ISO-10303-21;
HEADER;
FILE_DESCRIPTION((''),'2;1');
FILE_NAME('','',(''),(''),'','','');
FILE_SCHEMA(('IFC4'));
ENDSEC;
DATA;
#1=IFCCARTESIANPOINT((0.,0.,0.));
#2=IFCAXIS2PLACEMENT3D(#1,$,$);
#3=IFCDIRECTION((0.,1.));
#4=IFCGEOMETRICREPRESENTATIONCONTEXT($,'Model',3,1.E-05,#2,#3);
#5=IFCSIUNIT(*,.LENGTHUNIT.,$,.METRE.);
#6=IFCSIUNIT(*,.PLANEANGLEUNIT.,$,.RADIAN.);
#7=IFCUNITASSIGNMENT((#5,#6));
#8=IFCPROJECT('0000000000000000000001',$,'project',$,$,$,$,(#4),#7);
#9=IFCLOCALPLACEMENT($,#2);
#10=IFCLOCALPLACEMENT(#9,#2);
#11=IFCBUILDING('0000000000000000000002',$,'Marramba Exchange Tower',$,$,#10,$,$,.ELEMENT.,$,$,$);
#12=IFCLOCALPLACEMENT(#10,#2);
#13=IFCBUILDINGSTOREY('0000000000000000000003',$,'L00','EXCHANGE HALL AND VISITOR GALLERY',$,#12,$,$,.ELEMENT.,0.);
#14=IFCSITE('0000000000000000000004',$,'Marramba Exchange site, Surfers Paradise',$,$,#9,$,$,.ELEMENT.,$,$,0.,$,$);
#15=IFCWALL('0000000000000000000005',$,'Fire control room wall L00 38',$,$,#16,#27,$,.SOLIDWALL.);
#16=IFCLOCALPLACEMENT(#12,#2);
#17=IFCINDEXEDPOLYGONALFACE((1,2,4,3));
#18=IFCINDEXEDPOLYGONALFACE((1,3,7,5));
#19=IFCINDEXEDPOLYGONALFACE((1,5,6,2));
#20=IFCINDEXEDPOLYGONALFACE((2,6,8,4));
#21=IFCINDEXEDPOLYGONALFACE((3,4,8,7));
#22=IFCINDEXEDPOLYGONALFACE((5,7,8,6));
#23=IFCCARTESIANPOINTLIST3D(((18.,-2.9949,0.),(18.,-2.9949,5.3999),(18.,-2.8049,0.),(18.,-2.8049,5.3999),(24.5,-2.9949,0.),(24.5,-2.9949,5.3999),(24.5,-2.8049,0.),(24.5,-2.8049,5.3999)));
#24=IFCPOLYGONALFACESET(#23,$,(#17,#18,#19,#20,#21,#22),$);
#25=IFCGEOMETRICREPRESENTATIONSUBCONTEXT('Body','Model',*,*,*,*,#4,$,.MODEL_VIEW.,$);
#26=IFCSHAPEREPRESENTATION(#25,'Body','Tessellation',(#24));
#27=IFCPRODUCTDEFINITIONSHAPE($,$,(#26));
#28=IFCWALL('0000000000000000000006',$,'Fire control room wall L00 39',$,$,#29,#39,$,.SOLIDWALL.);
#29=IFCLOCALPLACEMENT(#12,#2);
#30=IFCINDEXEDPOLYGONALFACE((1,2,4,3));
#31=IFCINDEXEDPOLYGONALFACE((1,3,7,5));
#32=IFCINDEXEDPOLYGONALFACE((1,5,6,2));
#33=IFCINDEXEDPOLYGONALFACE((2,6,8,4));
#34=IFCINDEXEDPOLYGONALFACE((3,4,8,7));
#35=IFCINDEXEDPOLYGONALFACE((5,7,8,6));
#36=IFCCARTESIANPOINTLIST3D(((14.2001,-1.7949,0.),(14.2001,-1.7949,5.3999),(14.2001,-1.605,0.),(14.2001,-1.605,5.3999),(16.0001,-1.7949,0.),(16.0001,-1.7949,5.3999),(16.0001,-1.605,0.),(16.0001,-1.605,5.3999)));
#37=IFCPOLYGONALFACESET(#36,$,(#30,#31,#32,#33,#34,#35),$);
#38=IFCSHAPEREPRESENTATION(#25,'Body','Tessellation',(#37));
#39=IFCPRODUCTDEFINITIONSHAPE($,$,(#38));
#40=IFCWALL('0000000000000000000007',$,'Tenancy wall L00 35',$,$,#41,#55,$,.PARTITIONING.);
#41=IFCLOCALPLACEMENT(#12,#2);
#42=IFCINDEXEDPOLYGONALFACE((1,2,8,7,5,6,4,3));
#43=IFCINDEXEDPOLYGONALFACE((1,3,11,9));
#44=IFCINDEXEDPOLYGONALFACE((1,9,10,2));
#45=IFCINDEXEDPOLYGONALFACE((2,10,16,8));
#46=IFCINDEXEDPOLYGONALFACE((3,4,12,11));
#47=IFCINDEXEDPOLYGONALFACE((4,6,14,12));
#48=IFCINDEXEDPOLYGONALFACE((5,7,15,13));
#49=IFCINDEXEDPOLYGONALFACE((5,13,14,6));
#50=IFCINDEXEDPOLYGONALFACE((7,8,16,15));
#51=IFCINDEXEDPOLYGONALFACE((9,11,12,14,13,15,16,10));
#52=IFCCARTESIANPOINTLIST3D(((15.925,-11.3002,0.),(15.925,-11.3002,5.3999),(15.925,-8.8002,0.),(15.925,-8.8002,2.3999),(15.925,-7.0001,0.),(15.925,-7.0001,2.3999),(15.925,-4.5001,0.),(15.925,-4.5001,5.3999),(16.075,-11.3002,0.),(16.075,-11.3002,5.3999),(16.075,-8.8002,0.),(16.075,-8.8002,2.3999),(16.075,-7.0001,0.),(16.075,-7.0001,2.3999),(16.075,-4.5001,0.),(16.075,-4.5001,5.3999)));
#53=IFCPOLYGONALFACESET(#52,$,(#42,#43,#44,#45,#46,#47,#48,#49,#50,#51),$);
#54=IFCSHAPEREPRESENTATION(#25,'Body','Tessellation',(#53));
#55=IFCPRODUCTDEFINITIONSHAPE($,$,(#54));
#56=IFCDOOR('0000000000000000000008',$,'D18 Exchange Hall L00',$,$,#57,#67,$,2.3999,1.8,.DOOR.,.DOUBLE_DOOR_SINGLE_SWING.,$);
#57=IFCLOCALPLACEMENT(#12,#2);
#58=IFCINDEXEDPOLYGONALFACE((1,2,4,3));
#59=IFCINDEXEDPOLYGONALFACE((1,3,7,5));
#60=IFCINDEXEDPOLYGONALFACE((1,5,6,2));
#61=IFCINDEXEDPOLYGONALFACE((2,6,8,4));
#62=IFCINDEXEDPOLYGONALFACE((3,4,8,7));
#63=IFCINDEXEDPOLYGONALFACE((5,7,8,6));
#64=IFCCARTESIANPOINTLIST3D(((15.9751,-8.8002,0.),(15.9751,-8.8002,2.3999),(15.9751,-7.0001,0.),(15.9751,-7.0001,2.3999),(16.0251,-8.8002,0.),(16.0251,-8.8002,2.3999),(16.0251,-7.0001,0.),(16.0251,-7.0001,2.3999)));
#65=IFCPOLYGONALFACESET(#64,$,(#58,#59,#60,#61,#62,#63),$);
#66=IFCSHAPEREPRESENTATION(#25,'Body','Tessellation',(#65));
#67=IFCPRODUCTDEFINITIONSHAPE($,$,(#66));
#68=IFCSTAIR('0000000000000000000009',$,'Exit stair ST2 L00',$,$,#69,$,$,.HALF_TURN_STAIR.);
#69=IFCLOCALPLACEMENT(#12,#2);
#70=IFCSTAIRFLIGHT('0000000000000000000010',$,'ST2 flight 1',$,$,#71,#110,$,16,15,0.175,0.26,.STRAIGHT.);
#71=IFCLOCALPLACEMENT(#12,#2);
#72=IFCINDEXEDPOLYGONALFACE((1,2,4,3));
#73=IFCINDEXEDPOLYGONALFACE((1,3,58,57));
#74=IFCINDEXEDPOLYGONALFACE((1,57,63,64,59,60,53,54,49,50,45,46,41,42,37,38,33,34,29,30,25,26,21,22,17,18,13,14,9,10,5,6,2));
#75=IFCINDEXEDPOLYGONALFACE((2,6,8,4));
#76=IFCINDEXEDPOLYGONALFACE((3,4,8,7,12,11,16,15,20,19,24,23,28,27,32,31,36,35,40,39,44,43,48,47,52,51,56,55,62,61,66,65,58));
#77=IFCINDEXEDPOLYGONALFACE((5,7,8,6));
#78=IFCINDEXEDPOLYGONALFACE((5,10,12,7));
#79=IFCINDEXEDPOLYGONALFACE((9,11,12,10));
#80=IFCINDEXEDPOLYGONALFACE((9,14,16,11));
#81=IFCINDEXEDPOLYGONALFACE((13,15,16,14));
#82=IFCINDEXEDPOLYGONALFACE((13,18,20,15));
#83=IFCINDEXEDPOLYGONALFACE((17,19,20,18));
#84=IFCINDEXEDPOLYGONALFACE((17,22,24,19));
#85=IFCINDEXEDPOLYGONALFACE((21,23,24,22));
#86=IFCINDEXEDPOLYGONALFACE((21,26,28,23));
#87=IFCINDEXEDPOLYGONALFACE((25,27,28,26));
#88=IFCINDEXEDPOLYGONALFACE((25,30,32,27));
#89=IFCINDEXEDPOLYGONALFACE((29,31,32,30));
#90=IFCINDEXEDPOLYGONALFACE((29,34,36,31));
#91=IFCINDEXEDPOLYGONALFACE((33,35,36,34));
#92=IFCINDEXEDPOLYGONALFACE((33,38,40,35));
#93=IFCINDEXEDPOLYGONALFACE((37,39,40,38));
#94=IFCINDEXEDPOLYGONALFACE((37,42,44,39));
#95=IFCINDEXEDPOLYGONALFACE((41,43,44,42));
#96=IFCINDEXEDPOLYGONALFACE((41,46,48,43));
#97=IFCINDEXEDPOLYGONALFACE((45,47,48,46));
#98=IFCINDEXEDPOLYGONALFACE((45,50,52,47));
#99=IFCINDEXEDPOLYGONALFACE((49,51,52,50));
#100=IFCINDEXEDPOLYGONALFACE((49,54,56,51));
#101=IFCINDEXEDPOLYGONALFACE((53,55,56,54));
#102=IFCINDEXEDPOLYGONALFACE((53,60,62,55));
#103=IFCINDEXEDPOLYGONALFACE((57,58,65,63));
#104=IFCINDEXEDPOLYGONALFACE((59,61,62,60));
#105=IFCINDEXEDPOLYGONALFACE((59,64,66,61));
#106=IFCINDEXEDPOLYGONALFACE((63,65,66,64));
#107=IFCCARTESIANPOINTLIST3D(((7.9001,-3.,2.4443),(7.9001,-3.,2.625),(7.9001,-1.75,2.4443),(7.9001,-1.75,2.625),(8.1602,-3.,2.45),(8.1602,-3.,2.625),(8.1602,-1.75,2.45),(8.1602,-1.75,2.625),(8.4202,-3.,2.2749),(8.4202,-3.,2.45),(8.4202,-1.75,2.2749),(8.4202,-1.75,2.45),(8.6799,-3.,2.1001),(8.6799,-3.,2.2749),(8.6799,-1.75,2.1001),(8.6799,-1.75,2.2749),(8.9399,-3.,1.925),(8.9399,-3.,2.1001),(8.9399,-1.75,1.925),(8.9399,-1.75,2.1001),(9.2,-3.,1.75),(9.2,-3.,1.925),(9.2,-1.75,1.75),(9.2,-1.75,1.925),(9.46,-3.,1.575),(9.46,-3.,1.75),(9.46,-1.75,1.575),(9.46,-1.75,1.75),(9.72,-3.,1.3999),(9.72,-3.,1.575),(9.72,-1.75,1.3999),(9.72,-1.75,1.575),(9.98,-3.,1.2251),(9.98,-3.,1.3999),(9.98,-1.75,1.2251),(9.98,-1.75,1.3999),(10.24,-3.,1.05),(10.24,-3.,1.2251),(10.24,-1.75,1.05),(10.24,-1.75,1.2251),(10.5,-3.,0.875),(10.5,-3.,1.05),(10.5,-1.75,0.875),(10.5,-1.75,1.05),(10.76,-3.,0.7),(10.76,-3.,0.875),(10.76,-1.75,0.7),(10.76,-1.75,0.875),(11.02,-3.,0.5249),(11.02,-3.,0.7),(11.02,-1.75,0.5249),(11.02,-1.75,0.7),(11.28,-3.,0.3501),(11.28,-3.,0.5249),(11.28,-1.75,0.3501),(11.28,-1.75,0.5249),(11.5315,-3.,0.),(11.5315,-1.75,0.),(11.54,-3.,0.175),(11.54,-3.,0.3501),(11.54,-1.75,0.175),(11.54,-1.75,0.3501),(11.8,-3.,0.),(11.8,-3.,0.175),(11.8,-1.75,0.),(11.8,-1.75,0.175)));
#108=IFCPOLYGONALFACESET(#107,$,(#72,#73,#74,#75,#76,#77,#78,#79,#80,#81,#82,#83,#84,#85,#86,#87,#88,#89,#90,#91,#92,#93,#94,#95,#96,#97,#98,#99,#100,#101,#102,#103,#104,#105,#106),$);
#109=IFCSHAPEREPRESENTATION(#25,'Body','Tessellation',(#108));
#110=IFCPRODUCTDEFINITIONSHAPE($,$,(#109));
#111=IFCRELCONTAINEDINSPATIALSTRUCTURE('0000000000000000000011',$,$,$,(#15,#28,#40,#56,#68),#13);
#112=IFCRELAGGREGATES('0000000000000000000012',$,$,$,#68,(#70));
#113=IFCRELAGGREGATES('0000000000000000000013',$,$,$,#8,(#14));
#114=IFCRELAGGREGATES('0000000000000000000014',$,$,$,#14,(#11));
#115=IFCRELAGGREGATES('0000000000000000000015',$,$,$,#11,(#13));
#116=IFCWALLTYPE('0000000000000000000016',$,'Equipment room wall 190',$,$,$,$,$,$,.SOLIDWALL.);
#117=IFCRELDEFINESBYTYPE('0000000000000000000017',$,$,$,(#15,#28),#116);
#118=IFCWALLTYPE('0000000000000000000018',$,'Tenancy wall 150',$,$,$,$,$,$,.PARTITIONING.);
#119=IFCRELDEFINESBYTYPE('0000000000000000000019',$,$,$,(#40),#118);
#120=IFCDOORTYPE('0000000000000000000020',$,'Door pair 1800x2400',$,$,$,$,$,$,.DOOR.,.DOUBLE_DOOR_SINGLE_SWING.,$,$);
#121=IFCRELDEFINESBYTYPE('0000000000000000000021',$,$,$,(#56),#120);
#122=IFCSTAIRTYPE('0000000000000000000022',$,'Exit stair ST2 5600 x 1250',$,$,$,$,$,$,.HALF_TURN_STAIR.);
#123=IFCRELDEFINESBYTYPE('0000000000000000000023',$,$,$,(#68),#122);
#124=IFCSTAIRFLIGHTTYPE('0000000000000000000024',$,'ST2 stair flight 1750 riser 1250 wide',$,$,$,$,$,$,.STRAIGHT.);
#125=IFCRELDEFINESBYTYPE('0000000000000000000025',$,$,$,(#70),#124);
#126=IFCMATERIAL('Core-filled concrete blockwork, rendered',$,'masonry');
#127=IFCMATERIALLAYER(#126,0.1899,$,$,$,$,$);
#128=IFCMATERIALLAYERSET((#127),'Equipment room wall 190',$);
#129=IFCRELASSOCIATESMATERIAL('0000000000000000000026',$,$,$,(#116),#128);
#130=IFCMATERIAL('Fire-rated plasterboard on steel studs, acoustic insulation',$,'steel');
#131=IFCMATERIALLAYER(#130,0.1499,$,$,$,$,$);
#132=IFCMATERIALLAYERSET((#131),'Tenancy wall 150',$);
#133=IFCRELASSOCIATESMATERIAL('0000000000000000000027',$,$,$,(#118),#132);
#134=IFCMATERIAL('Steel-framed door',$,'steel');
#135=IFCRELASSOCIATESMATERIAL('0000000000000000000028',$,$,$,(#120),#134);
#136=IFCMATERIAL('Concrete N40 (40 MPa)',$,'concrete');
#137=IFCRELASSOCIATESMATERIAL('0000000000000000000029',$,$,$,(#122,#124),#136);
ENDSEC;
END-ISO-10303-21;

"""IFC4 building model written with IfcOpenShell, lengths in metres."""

from ifc_helpers import new_model, si_unit, direction, frame, frame_2d, origin, place, context, subcontext, project, spatial, polyline, rectangle, outline, extrude, material, layer, layer_set, type_object, element, fill, aggregate, save


model = new_model("IFC4")

# Units and contexts
model_context = context("Model", 3, precision=1e-05, world=origin(), true_north=direction((0.0, 1.0)))
body_context = subcontext(model_context, "Body", "Model", "MODEL_VIEW")
ifc_project = project(units=[si_unit("LENGTHUNIT", "METRE"), si_unit("PLANEANGLEUNIT", "RADIAN")], contexts=[model_context])

# Site, building, storey
site_placement = place(None, origin())
site = spatial("IfcSite", under=ifc_project, at=site_placement, Name="Marramba Exchange site, Surfers Paradise", CompositionType="ELEMENT", RefElevation=0.0)
building_placement = place(site_placement, origin())
building = spatial("IfcBuilding", under=site, at=building_placement, Name="Marramba Exchange Tower", CompositionType="ELEMENT")
storey_placement = place(building_placement, origin())
storey = spatial("IfcBuildingStorey", under=building, at=storey_placement, Name="L00", Description="EXCHANGE HALL AND VISITOR GALLERY", CompositionType="ELEMENT", Elevation=0.0)

# Shared definitions
ifc_material_1 = material(Name="Steel-framed door", Category="steel")

# Shared definitions
ifc_material_2 = material(Name="Core-filled concrete blockwork, rendered", Category="masonry")
ifc_layer_1 = layer(ifc_material_2, 0.1899)
ifc_layer_set_1 = layer_set([ifc_layer_1], Name="Equipment room wall 190")
wall_type_1 = type_object("IfcWallType", Name="Equipment room wall 190", PredefinedType="SOLIDWALL", material=ifc_layer_set_1)

# Walls
wall_1_placement = place(storey_placement, frame((18.0, -2.8999, 0.0), z_axis=(0.0, 0.0, 1.0), x_axis=(1.0, 0.0, 0.0)))
element("IfcWall", 1, at=wall_1_placement, inside=storey, type_object=wall_type_1, Name="Fire control room wall L00 38", PredefinedType="SOLIDWALL", context=body_context, shape_type="SweptSolid", body=[
    extrude(rectangle(XDim=6.5, YDim=0.1899, at=frame_2d((3.25, 0.0))), origin(), (0.0, 0.0, 1.0), 5.3999),
])
wall_2_placement = place(storey_placement, frame((16.0, -1.7, 0.0), z_axis=(0.0, 0.0, 1.0), x_axis=(-1.0, 0.0, 0.0)))
element("IfcWall", 2, at=wall_2_placement, inside=storey, type_object=wall_type_1, Name="Fire control room wall L00 39", PredefinedType="SOLIDWALL", context=body_context, shape_type="SweptSolid", body=[
    extrude(rectangle(XDim=1.8, YDim=0.1899, at=frame_2d((0.8999, 0.0))), origin(), (0.0, 0.0, 1.0), 5.3999),
])

# Wall, opening, door
ifc_material_3 = material(Name="Fire-rated plasterboard on steel studs, acoustic insulation", Category="steel")
ifc_layer_2 = layer(ifc_material_3, 0.1499)
ifc_layer_set_2 = layer_set([ifc_layer_2], Name="Tenancy wall 150")
wall_type_2 = type_object("IfcWallType", Name="Tenancy wall 150", PredefinedType="PARTITIONING", material=ifc_layer_set_2)
wall_3_placement = place(storey_placement, frame((16.0, -11.3, 0.0), z_axis=(0.0, 0.0, 1.0), x_axis=(0.0, 1.0, 0.0)))
wall_3 = element("IfcWall", 3, at=wall_3_placement, inside=storey, type_object=wall_type_2, Name="Tenancy wall L00 35", PredefinedType="PARTITIONING", context=body_context, shape_type="SweptSolid", body=[
    extrude(rectangle(XDim=6.8, YDim=0.1499, at=frame_2d((3.3999, 0.0))), origin(), (0.0, 0.0, 1.0), 5.3999),
])
opening_1_placement = place(wall_3_placement, frame((2.5, 0.0, 0.0)))
opening_1 = element("IfcOpeningElement", 4, at=opening_1_placement, cuts=wall_3, PredefinedType="OPENING", context=body_context, shape_type="SweptSolid", body=[
    extrude(rectangle(XDim=1.8, YDim=2.3999, at=frame_2d((0.8999, 1.2))), frame((0.0, 0.085, 0.0), z_axis=(0.0, -1.0, 0.0), x_axis=(1.0, 0.0, 0.0)), (0.0, 0.0, 1.0), 0.1699),
])
door_type_1 = type_object("IfcDoorType", Name="Door pair 1800x2400", OperationType="DOUBLE_DOOR_SINGLE_SWING", PredefinedType="DOOR", material=ifc_material_1)
door_1_placement = place(opening_1_placement, origin())
door_1 = element("IfcDoor", 5, at=door_1_placement, inside=storey, type_object=door_type_1, Name="D18 Exchange Hall L00", OperationType="DOUBLE_DOOR_SINGLE_SWING", OverallHeight=2.3999, OverallWidth=1.8, PredefinedType="DOOR", context=body_context, shape_type="SweptSolid", body=[
    extrude(rectangle(XDim=1.8, YDim=2.3999, at=frame_2d((0.8999, 1.2))), frame((0.0, 0.0249, 0.0), z_axis=(0.0, -1.0, 0.0), x_axis=(1.0, 0.0, 0.0)), (0.0, 0.0, 1.0), 0.05),
])
fill(opening_1, door_1)

# Stair, stair flight
ifc_material_4 = material(Name="Concrete N40 (40 MPa)", Category="concrete")
stair_type = type_object("IfcStairType", Name="Exit stair ST2 5600 x 1250", PredefinedType="HALF_TURN_STAIR", material=ifc_material_4)
stair_placement = place(storey_placement, origin())
stair = element("IfcStair", 6, at=stair_placement, inside=storey, type_object=stair_type, Name="Exit stair ST2 L00", PredefinedType="HALF_TURN_STAIR")
stair_flight_type = type_object("IfcStairFlightType", Name="ST2 stair flight 1750 riser 1250 wide", PredefinedType="STRAIGHT", material=ifc_material_4)
stair_flight_placement = place(storey_placement, frame((11.8, -2.375, 0.0), z_axis=(0.0, 0.0, 1.0), x_axis=(-1.0, 0.0, 0.0)))
stair_flight = element("IfcStairFlight", 7, at=stair_flight_placement, type_object=stair_flight_type, Name="ST2 flight 1", NumberOfRisers=16, NumberOfTreads=15, PredefinedType="STRAIGHT", RiserHeight=0.175, TreadLength=0.26, context=body_context, shape_type="SweptSolid", body=[
    extrude(outline(polyline([(0.0, 0.0), (0.0, 0.175), (0.26, 0.175), (0.26, 0.3501), (0.52, 0.3501), (0.52, 0.5249), (0.78, 0.5249), (0.78, 0.7), (1.04, 0.7), (1.04, 0.875), (1.3, 0.875), (1.3, 1.05), (1.5601, 1.05), (1.5601, 1.2251), (1.8201, 1.2251), (1.8201, 1.3999), (2.0801, 1.3999), (2.0801, 1.575), (2.3401, 1.575), (2.3401, 1.75), (2.6001, 1.75), (2.6001, 1.925), (2.8601, 1.925), (2.8601, 2.1001), (3.1201, 2.1001), (3.1201, 2.2749), (3.3799, 2.2749), (3.3799, 2.45), (3.6399, 2.45), (3.6399, 2.625), (3.8999, 2.625), (3.8999, 2.8), (3.8999, 2.4443), (0.2686, 0.0), (0.0, 0.0)])), frame((0.0, 0.625, 0.0), z_axis=(0.0, -1.0, 0.0), x_axis=(1.0, 0.0, 0.0)), (0.0, 0.0, 1.0), 1.25),
])
aggregate(stair, [stair_flight])

save(model, "model.ifc")
